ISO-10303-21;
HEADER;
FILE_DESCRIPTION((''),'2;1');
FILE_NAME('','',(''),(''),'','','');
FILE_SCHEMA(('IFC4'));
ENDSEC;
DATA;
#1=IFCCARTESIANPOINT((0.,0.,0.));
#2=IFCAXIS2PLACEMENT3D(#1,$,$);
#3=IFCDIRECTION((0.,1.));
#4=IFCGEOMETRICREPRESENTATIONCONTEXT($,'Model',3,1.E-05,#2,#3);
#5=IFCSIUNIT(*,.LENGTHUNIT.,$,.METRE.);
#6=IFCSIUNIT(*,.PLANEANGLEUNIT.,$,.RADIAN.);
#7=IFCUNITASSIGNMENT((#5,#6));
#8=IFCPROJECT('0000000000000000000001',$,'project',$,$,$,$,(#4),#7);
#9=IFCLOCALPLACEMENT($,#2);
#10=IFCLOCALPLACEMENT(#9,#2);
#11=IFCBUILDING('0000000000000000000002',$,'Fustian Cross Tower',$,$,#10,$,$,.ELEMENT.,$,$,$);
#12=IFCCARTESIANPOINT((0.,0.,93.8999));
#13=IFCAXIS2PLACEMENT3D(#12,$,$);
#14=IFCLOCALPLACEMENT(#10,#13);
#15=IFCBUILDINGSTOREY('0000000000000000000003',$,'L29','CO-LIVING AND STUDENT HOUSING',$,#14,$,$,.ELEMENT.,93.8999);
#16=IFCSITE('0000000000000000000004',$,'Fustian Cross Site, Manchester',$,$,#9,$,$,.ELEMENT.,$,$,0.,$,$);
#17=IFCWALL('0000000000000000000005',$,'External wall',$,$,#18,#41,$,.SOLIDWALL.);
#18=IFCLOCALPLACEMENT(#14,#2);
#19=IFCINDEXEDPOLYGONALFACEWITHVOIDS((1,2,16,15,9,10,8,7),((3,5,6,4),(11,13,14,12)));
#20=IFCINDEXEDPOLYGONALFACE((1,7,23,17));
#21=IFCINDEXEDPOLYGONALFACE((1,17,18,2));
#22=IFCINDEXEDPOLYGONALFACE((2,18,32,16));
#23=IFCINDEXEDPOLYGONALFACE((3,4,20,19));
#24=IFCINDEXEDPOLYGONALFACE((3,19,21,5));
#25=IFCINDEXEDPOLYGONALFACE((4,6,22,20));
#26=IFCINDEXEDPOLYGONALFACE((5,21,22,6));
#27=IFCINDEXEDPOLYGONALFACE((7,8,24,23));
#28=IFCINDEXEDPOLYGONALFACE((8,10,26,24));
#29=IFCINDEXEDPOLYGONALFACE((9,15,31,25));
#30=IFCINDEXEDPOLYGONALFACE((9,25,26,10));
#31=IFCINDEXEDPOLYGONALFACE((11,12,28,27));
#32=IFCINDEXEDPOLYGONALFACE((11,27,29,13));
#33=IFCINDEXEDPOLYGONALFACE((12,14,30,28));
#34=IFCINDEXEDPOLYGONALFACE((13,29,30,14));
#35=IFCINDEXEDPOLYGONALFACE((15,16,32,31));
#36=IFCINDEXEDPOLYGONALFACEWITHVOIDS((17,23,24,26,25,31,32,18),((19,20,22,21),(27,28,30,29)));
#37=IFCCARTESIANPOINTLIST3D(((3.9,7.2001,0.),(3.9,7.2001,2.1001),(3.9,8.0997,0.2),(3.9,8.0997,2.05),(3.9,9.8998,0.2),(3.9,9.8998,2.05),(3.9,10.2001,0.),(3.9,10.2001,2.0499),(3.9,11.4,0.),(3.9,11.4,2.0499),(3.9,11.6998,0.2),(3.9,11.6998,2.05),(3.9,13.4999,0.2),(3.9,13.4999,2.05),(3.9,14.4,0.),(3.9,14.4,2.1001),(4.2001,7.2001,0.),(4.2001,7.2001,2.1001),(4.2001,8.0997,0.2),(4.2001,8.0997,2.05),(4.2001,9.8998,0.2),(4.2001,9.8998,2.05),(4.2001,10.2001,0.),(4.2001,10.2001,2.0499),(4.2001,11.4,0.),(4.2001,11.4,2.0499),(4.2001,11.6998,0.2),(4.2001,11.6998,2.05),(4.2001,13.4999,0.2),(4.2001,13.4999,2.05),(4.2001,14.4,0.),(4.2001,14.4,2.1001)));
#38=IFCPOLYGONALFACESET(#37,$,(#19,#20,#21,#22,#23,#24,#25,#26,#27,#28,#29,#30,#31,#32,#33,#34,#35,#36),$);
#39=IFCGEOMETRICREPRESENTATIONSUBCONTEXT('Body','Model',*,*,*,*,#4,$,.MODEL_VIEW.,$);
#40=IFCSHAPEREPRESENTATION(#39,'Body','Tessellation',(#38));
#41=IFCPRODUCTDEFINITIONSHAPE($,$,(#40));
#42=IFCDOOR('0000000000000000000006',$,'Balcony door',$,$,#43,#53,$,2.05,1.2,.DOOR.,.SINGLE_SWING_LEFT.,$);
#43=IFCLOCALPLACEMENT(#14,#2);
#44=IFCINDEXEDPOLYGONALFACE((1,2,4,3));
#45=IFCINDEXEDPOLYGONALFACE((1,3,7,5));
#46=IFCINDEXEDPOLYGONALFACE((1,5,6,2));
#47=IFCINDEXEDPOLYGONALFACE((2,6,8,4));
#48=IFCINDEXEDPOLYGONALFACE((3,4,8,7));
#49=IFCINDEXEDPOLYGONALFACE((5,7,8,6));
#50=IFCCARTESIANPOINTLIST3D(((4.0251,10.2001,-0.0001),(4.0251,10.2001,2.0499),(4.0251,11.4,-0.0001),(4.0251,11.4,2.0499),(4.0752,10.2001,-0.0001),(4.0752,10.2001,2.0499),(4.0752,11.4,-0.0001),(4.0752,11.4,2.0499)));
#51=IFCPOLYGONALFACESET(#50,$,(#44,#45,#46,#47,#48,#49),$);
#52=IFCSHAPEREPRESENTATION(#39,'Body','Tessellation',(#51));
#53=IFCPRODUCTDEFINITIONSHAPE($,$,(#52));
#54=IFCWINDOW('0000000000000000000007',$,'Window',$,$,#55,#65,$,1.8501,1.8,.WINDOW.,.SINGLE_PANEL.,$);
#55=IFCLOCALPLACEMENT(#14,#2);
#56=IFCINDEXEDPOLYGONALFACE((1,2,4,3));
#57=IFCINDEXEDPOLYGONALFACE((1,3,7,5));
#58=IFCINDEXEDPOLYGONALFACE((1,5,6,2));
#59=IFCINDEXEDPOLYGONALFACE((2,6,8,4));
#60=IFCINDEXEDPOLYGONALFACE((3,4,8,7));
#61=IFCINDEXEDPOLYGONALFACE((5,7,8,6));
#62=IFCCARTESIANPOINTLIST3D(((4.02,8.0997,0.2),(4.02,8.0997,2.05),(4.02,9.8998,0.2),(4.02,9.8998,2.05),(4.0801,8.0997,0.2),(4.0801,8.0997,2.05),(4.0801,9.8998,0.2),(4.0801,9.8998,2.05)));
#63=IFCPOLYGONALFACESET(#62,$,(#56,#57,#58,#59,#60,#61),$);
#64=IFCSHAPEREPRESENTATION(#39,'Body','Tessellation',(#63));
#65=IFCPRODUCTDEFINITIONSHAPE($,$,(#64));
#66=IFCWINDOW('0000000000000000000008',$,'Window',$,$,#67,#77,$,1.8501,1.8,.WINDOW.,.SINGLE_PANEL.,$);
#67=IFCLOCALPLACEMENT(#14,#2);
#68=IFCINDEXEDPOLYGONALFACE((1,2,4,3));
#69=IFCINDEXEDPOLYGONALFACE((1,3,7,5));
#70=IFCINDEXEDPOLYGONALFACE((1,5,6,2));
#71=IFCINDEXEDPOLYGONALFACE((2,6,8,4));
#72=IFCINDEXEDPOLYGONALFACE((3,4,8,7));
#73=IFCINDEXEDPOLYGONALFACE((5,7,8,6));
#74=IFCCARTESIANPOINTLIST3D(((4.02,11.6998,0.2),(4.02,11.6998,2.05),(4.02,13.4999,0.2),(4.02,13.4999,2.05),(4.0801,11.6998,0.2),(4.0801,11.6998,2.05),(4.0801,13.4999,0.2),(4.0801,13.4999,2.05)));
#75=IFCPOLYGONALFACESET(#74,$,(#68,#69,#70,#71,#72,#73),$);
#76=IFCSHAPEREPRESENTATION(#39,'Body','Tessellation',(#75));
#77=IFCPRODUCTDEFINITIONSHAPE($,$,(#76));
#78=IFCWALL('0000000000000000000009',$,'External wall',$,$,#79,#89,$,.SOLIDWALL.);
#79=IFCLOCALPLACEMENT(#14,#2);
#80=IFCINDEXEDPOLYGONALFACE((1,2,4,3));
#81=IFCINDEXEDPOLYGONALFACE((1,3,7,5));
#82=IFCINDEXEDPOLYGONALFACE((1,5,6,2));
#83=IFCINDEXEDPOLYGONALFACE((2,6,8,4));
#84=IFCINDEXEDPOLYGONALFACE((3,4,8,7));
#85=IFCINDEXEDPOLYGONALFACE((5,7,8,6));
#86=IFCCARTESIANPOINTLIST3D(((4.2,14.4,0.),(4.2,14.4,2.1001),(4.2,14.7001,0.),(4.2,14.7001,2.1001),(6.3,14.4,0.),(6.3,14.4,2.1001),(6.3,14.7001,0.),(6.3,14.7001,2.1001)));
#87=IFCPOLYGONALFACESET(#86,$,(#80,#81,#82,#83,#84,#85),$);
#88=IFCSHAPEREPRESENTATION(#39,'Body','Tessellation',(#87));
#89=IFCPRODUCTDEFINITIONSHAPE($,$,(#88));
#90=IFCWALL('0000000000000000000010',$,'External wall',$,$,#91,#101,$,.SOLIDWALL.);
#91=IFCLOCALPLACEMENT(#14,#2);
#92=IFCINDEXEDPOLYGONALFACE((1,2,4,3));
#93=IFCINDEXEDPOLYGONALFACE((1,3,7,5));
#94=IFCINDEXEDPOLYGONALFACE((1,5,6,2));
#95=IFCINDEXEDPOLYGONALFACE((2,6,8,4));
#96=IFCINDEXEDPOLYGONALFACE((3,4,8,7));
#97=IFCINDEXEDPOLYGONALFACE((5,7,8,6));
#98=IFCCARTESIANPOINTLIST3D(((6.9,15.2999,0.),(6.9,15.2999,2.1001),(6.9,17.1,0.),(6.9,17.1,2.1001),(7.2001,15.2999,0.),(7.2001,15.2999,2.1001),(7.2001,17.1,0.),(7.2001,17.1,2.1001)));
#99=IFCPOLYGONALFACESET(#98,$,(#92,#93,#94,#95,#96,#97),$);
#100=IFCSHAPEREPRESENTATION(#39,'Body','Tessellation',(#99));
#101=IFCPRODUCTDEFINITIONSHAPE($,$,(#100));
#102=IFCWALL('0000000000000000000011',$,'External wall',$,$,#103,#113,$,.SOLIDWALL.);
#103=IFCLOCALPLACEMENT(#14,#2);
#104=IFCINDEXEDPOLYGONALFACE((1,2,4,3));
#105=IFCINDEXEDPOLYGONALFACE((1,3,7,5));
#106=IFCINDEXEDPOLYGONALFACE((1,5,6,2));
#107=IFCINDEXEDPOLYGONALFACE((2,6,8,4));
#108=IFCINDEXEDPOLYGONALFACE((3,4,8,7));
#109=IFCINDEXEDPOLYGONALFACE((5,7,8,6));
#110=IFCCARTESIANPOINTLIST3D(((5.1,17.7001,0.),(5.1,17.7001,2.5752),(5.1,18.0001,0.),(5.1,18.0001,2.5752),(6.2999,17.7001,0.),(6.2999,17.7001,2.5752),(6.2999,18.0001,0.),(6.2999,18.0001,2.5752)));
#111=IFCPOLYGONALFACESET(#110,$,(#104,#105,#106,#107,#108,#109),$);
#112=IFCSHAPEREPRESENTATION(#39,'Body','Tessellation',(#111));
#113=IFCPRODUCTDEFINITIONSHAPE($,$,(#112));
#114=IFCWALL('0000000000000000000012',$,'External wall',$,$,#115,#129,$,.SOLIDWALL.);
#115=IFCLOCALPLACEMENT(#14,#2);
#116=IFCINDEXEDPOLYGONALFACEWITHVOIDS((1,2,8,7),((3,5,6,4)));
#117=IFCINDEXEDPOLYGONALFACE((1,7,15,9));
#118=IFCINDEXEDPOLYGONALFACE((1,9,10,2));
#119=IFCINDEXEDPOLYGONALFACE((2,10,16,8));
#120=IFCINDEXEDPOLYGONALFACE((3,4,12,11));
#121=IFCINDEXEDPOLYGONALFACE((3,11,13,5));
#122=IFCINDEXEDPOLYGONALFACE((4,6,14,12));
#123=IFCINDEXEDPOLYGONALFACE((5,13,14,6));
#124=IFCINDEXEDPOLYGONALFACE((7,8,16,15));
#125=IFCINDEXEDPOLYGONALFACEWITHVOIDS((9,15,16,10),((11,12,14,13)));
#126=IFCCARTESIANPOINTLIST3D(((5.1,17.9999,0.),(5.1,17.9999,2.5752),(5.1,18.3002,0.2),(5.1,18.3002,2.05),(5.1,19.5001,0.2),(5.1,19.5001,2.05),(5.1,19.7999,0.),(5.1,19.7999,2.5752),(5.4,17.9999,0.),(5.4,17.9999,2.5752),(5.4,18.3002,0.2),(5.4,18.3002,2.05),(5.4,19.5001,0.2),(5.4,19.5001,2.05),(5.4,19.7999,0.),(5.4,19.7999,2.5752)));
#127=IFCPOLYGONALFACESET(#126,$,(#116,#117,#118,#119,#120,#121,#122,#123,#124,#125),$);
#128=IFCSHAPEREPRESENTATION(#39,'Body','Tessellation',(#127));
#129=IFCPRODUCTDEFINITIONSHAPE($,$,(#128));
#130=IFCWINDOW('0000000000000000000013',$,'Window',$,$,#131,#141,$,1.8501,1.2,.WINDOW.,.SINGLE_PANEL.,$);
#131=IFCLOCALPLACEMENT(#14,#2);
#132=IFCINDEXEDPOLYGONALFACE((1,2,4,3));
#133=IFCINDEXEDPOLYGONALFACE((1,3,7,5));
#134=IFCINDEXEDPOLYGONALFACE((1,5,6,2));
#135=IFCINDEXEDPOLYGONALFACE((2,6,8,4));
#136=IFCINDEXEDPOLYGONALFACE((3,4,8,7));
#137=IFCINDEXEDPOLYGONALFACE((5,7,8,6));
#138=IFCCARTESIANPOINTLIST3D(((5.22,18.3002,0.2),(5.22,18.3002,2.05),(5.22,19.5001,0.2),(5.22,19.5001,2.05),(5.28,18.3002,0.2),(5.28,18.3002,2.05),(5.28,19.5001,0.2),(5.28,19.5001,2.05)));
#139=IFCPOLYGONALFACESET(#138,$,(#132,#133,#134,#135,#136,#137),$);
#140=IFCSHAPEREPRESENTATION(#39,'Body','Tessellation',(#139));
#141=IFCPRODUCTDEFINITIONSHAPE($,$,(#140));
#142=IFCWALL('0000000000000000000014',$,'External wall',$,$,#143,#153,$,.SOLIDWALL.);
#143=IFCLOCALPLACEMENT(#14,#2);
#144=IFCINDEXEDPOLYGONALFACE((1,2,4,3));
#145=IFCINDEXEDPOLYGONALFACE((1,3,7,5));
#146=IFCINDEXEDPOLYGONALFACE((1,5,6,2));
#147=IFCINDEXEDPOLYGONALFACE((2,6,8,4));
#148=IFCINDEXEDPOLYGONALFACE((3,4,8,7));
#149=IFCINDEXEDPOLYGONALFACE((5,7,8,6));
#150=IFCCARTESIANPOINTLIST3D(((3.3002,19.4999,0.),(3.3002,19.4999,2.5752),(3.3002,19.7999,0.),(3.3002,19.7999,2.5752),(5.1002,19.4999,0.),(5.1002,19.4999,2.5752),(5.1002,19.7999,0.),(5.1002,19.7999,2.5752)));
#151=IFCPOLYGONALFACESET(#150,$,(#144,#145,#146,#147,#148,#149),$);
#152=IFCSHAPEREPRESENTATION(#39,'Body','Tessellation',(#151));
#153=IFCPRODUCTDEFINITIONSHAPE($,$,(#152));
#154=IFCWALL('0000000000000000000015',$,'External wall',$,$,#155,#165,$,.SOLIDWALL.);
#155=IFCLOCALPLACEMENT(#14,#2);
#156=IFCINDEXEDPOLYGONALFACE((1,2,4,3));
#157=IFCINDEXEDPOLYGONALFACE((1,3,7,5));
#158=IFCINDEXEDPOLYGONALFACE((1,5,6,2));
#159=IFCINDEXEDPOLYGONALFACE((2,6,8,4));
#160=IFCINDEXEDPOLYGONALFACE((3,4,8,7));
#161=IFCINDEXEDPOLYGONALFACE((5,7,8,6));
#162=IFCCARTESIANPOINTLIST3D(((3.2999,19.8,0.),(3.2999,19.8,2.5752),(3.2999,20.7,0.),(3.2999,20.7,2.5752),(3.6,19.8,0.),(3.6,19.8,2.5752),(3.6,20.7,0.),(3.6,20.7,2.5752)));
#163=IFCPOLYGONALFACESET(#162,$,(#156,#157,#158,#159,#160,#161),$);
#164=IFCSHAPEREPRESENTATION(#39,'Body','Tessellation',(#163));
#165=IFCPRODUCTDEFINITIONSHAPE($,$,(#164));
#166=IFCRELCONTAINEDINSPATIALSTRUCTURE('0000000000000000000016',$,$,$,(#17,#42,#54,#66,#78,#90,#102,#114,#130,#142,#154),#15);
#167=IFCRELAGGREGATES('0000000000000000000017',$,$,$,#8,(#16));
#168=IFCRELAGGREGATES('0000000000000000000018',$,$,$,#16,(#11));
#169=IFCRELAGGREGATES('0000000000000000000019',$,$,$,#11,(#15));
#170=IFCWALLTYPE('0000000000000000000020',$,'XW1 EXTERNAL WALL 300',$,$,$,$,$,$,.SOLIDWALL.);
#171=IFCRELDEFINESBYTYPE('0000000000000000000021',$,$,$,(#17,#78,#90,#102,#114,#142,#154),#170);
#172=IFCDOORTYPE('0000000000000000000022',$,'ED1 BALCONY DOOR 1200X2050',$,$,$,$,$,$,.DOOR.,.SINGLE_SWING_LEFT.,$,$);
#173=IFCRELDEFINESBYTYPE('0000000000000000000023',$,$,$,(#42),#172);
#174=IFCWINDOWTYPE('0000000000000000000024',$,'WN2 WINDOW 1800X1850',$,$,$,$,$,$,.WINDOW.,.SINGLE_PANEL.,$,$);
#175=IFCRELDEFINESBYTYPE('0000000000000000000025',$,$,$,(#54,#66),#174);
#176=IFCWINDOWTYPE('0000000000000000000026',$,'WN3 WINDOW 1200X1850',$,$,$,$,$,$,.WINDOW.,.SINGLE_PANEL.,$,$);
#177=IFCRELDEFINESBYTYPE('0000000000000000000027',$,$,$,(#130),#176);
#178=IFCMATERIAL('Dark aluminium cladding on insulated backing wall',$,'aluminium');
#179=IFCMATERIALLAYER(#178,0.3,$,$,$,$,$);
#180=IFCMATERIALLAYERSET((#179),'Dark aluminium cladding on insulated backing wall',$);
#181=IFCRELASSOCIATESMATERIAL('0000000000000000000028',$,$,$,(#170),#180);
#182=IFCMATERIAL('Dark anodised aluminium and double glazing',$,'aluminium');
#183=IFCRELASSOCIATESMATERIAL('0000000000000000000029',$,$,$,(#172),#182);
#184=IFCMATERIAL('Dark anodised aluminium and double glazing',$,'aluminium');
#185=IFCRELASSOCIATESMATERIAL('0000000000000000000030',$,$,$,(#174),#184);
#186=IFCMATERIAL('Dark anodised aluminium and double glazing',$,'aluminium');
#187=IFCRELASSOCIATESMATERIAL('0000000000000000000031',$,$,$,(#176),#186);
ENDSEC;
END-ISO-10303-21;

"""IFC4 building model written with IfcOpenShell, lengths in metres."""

from ifc_helpers import new_model, si_unit, direction, frame, frame_2d, origin, place, context, subcontext, project, spatial, rectangle, extrude, material, layer, layer_set, type_object, element, fill, save


model = new_model("IFC4")

# Units and contexts
model_context = context("Model", 3, precision=1e-05, world=origin(), true_north=direction((0.0, 1.0)))
body_context = subcontext(model_context, "Body", "Model", "MODEL_VIEW")
ifc_project = project(units=[si_unit("LENGTHUNIT", "METRE"), si_unit("PLANEANGLEUNIT", "RADIAN")], contexts=[model_context])

# Site, building, storey
site_placement = place(None, origin())
site = spatial("IfcSite", under=ifc_project, at=site_placement, Name="Fustian Cross Site, Manchester", CompositionType="ELEMENT", RefElevation=0.0)
building_placement = place(site_placement, origin())
building = spatial("IfcBuilding", under=site, at=building_placement, Name="Fustian Cross Tower", CompositionType="ELEMENT")
storey_placement = place(building_placement, frame((0.0, 0.0, 93.8999)))
storey = spatial("IfcBuildingStorey", under=building, at=storey_placement, Name="L29", Description="CO-LIVING AND STUDENT HOUSING", CompositionType="ELEMENT", Elevation=93.8999)

# Wall, openings, door, windows
ifc_material_1 = material(Name="Dark aluminium cladding on insulated backing wall", Category="aluminium")
ifc_layer_1 = layer(ifc_material_1, 0.3)
ifc_layer_set_1 = layer_set([ifc_layer_1], Name="Dark aluminium cladding on insulated backing wall")
wall_type_1 = type_object("IfcWallType", Name="XW1 EXTERNAL WALL 300", PredefinedType="SOLIDWALL", material=ifc_layer_set_1)
wall_1_placement = place(storey_placement, frame((4.05, 7.2, 0.0), z_axis=(0.0, 0.0, 1.0), x_axis=(0.0, 1.0, 0.0)))
wall_1 = element("IfcWall", 1, at=wall_1_placement, inside=storey, type_object=wall_type_1, Name="External wall", PredefinedType="SOLIDWALL", context=body_context, shape_type="SweptSolid", body=[
    extrude(rectangle(XDim=7.2, YDim=0.3, at=frame_2d((3.6001, 0.0))), origin(), (0.0, 0.0, 1.0), 2.1001),
])
opening_1_placement = place(wall_1_placement, frame((3.0, 0.0, 0.0)))
opening_1 = element("IfcOpeningElement", 2, at=opening_1_placement, cuts=wall_1, PredefinedType="OPENING", context=body_context, shape_type="SweptSolid", body=[
    extrude(rectangle(XDim=1.2, YDim=2.05, at=frame_2d((0.6001, 1.0249))), frame((0.0, 0.1599, 0.0), z_axis=(0.0, -1.0, 0.0), x_axis=(1.0, 0.0, 0.0)), (0.0, 0.0, 1.0), 0.3201),
])
opening_2_placement = place(wall_1_placement, frame((0.8999, 0.0, 0.2)))
opening_2 = element("IfcOpeningElement", 3, at=opening_2_placement, cuts=wall_1, PredefinedType="OPENING", context=body_context, shape_type="SweptSolid", body=[
    extrude(rectangle(XDim=1.8, YDim=1.8501, at=frame_2d((0.8999, 0.925))), frame((0.0, 0.1599, 0.0), z_axis=(0.0, -1.0, 0.0), x_axis=(1.0, 0.0, 0.0)), (0.0, 0.0, 1.0), 0.3201),
])
opening_3_placement = place(wall_1_placement, frame((4.5, 0.0, 0.2)))
opening_3 = element("IfcOpeningElement", 4, at=opening_3_placement, cuts=wall_1, PredefinedType="OPENING", context=body_context, shape_type="SweptSolid", body=[
    extrude(rectangle(XDim=1.8, YDim=1.8501, at=frame_2d((0.8999, 0.925))), frame((0.0, 0.1599, 0.0), z_axis=(0.0, -1.0, 0.0), x_axis=(1.0, 0.0, 0.0)), (0.0, 0.0, 1.0), 0.3201),
])
ifc_material_2 = material(Name="Dark anodised aluminium and double glazing", Category="aluminium")
door_type = type_object("IfcDoorType", Name="ED1 BALCONY DOOR 1200X2050", OperationType="SINGLE_SWING_LEFT", PredefinedType="DOOR", material=ifc_material_2)
door_placement = place(opening_1_placement, origin())
door = element("IfcDoor", 5, at=door_placement, inside=storey, type_object=door_type, Name="Balcony door", OperationType="SINGLE_SWING_LEFT", OverallHeight=2.05, OverallWidth=1.2, PredefinedType="DOOR", context=body_context, shape_type="SweptSolid", body=[
    extrude(rectangle(XDim=1.2, YDim=2.05, at=frame_2d((0.6001, 1.0249))), frame((0.0, 0.0249, 0.0), z_axis=(0.0, -1.0, 0.0), x_axis=(1.0, 0.0, 0.0)), (0.0, 0.0, 1.0), 0.05),
])
fill(opening_1, door)
ifc_material_3 = material(Name="Dark anodised aluminium and double glazing", Category="aluminium")
window_type_1 = type_object("IfcWindowType", Name="WN2 WINDOW 1800X1850", PartitioningType="SINGLE_PANEL", PredefinedType="WINDOW", material=ifc_material_3)
window_1_placement = place(opening_2_placement, origin())
window_1 = element("IfcWindow", 6, at=window_1_placement, inside=storey, type_object=window_type_1, Name="Window", OverallHeight=1.8501, OverallWidth=1.8, PartitioningType="SINGLE_PANEL", PredefinedType="WINDOW", context=body_context, shape_type="SweptSolid", body=[
    extrude(rectangle(XDim=1.8, YDim=1.8501, at=frame_2d((0.8999, 0.925))), frame((0.0, 0.03, 0.0), z_axis=(0.0, -1.0, 0.0), x_axis=(1.0, 0.0, 0.0)), (0.0, 0.0, 1.0), 0.0601),
])
fill(opening_2, window_1)
window_2_placement = place(opening_3_placement, origin())
window_2 = element("IfcWindow", 7, at=window_2_placement, inside=storey, type_object=window_type_1, Name="Window", OverallHeight=1.8501, OverallWidth=1.8, PartitioningType="SINGLE_PANEL", PredefinedType="WINDOW", context=body_context, shape_type="SweptSolid", body=[
    extrude(rectangle(XDim=1.8, YDim=1.8501, at=frame_2d((0.8999, 0.925))), frame((0.0, 0.03, 0.0), z_axis=(0.0, -1.0, 0.0), x_axis=(1.0, 0.0, 0.0)), (0.0, 0.0, 1.0), 0.0601),
])
fill(opening_3, window_2)

# Walls
wall_2_placement = place(storey_placement, frame((4.2, 14.55, 0.0), z_axis=(0.0, 0.0, 1.0), x_axis=(1.0, 0.0, 0.0)))
element("IfcWall", 8, at=wall_2_placement, inside=storey, type_object=wall_type_1, Name="External wall", PredefinedType="SOLIDWALL", context=body_context, shape_type="SweptSolid", body=[
    extrude(rectangle(XDim=2.1001, YDim=0.3, at=frame_2d((1.05, 0.0))), origin(), (0.0, 0.0, 1.0), 2.1001),
])
wall_3_placement = place(storey_placement, frame((7.05, 15.3, 0.0), z_axis=(0.0, 0.0, 1.0), x_axis=(0.0, 1.0, 0.0)))
element("IfcWall", 9, at=wall_3_placement, inside=storey, type_object=wall_type_1, Name="External wall", PredefinedType="SOLIDWALL", context=body_context, shape_type="SweptSolid", body=[
    extrude(rectangle(XDim=1.8, YDim=0.3, at=frame_2d((0.8999, 0.0))), origin(), (0.0, 0.0, 1.0), 2.1001),
])
wall_4_placement = place(storey_placement, frame((6.3, 17.8501, 0.0), z_axis=(0.0, 0.0, 1.0), x_axis=(-1.0, 0.0, 0.0)))
element("IfcWall", 10, at=wall_4_placement, inside=storey, type_object=wall_type_1, Name="External wall", PredefinedType="SOLIDWALL", context=body_context, shape_type="SweptSolid", body=[
    extrude(rectangle(XDim=1.2, YDim=0.3, at=frame_2d((0.6001, 0.0))), origin(), (0.0, 0.0, 1.0), 2.5752),
])

# Wall, opening, window
wall_5_placement = place(storey_placement, frame((5.25, 18.0, 0.0), z_axis=(0.0, 0.0, 1.0), x_axis=(0.0, 1.0, 0.0)))
wall_5 = element("IfcWall", 11, at=wall_5_placement, inside=storey, type_object=wall_type_1, Name="External wall", PredefinedType="SOLIDWALL", context=body_context, shape_type="SweptSolid", body=[
    extrude(rectangle(XDim=1.8, YDim=0.3, at=frame_2d((0.8999, 0.0))), origin(), (0.0, 0.0, 1.0), 2.5752),
])
opening_4_placement = place(wall_5_placement, frame((0.3, 0.0, 0.2)))
opening_4 = element("IfcOpeningElement", 12, at=opening_4_placement, cuts=wall_5, PredefinedType="OPENING", context=body_context, shape_type="SweptSolid", body=[
    extrude(rectangle(XDim=1.2, YDim=1.8501, at=frame_2d((0.6001, 0.925))), frame((0.0, 0.1599, 0.0), z_axis=(0.0, -1.0, 0.0), x_axis=(1.0, 0.0, 0.0)), (0.0, 0.0, 1.0), 0.3201),
])
ifc_material_4 = material(Name="Dark anodised aluminium and double glazing", Category="aluminium")
window_type_2 = type_object("IfcWindowType", Name="WN3 WINDOW 1200X1850", PartitioningType="SINGLE_PANEL", PredefinedType="WINDOW", material=ifc_material_4)
window_3_placement = place(opening_4_placement, origin())
window_3 = element("IfcWindow", 13, at=window_3_placement, inside=storey, type_object=window_type_2, Name="Window", OverallHeight=1.8501, OverallWidth=1.2, PartitioningType="SINGLE_PANEL", PredefinedType="WINDOW", context=body_context, shape_type="SweptSolid", body=[
    extrude(rectangle(XDim=1.2, YDim=1.8501, at=frame_2d((0.6001, 0.925))), frame((0.0, 0.03, 0.0), z_axis=(0.0, -1.0, 0.0), x_axis=(1.0, 0.0, 0.0)), (0.0, 0.0, 1.0), 0.0601),
])
fill(opening_4, window_3)

# Walls
wall_6_placement = place(storey_placement, frame((5.1001, 19.6499, 0.0), z_axis=(0.0, 0.0, 1.0), x_axis=(-1.0, 0.0, 0.0)))
element("IfcWall", 14, at=wall_6_placement, inside=storey, type_object=wall_type_1, Name="External wall", PredefinedType="SOLIDWALL", context=body_context, shape_type="SweptSolid", body=[
    extrude(rectangle(XDim=1.8, YDim=0.3, at=frame_2d((0.8999, 0.0))), origin(), (0.0, 0.0, 1.0), 2.5752),
])
wall_7_placement = place(storey_placement, frame((3.45, 19.8, 0.0), z_axis=(0.0, 0.0, 1.0), x_axis=(0.0, 1.0, 0.0)))
element("IfcWall", 15, at=wall_7_placement, inside=storey, type_object=wall_type_1, Name="External wall", PredefinedType="SOLIDWALL", context=body_context, shape_type="SweptSolid", body=[
    extrude(rectangle(XDim=0.8999, YDim=0.3, at=frame_2d((0.45, 0.0))), origin(), (0.0, 0.0, 1.0), 2.5752),
])

save(model, "model.ifc")
